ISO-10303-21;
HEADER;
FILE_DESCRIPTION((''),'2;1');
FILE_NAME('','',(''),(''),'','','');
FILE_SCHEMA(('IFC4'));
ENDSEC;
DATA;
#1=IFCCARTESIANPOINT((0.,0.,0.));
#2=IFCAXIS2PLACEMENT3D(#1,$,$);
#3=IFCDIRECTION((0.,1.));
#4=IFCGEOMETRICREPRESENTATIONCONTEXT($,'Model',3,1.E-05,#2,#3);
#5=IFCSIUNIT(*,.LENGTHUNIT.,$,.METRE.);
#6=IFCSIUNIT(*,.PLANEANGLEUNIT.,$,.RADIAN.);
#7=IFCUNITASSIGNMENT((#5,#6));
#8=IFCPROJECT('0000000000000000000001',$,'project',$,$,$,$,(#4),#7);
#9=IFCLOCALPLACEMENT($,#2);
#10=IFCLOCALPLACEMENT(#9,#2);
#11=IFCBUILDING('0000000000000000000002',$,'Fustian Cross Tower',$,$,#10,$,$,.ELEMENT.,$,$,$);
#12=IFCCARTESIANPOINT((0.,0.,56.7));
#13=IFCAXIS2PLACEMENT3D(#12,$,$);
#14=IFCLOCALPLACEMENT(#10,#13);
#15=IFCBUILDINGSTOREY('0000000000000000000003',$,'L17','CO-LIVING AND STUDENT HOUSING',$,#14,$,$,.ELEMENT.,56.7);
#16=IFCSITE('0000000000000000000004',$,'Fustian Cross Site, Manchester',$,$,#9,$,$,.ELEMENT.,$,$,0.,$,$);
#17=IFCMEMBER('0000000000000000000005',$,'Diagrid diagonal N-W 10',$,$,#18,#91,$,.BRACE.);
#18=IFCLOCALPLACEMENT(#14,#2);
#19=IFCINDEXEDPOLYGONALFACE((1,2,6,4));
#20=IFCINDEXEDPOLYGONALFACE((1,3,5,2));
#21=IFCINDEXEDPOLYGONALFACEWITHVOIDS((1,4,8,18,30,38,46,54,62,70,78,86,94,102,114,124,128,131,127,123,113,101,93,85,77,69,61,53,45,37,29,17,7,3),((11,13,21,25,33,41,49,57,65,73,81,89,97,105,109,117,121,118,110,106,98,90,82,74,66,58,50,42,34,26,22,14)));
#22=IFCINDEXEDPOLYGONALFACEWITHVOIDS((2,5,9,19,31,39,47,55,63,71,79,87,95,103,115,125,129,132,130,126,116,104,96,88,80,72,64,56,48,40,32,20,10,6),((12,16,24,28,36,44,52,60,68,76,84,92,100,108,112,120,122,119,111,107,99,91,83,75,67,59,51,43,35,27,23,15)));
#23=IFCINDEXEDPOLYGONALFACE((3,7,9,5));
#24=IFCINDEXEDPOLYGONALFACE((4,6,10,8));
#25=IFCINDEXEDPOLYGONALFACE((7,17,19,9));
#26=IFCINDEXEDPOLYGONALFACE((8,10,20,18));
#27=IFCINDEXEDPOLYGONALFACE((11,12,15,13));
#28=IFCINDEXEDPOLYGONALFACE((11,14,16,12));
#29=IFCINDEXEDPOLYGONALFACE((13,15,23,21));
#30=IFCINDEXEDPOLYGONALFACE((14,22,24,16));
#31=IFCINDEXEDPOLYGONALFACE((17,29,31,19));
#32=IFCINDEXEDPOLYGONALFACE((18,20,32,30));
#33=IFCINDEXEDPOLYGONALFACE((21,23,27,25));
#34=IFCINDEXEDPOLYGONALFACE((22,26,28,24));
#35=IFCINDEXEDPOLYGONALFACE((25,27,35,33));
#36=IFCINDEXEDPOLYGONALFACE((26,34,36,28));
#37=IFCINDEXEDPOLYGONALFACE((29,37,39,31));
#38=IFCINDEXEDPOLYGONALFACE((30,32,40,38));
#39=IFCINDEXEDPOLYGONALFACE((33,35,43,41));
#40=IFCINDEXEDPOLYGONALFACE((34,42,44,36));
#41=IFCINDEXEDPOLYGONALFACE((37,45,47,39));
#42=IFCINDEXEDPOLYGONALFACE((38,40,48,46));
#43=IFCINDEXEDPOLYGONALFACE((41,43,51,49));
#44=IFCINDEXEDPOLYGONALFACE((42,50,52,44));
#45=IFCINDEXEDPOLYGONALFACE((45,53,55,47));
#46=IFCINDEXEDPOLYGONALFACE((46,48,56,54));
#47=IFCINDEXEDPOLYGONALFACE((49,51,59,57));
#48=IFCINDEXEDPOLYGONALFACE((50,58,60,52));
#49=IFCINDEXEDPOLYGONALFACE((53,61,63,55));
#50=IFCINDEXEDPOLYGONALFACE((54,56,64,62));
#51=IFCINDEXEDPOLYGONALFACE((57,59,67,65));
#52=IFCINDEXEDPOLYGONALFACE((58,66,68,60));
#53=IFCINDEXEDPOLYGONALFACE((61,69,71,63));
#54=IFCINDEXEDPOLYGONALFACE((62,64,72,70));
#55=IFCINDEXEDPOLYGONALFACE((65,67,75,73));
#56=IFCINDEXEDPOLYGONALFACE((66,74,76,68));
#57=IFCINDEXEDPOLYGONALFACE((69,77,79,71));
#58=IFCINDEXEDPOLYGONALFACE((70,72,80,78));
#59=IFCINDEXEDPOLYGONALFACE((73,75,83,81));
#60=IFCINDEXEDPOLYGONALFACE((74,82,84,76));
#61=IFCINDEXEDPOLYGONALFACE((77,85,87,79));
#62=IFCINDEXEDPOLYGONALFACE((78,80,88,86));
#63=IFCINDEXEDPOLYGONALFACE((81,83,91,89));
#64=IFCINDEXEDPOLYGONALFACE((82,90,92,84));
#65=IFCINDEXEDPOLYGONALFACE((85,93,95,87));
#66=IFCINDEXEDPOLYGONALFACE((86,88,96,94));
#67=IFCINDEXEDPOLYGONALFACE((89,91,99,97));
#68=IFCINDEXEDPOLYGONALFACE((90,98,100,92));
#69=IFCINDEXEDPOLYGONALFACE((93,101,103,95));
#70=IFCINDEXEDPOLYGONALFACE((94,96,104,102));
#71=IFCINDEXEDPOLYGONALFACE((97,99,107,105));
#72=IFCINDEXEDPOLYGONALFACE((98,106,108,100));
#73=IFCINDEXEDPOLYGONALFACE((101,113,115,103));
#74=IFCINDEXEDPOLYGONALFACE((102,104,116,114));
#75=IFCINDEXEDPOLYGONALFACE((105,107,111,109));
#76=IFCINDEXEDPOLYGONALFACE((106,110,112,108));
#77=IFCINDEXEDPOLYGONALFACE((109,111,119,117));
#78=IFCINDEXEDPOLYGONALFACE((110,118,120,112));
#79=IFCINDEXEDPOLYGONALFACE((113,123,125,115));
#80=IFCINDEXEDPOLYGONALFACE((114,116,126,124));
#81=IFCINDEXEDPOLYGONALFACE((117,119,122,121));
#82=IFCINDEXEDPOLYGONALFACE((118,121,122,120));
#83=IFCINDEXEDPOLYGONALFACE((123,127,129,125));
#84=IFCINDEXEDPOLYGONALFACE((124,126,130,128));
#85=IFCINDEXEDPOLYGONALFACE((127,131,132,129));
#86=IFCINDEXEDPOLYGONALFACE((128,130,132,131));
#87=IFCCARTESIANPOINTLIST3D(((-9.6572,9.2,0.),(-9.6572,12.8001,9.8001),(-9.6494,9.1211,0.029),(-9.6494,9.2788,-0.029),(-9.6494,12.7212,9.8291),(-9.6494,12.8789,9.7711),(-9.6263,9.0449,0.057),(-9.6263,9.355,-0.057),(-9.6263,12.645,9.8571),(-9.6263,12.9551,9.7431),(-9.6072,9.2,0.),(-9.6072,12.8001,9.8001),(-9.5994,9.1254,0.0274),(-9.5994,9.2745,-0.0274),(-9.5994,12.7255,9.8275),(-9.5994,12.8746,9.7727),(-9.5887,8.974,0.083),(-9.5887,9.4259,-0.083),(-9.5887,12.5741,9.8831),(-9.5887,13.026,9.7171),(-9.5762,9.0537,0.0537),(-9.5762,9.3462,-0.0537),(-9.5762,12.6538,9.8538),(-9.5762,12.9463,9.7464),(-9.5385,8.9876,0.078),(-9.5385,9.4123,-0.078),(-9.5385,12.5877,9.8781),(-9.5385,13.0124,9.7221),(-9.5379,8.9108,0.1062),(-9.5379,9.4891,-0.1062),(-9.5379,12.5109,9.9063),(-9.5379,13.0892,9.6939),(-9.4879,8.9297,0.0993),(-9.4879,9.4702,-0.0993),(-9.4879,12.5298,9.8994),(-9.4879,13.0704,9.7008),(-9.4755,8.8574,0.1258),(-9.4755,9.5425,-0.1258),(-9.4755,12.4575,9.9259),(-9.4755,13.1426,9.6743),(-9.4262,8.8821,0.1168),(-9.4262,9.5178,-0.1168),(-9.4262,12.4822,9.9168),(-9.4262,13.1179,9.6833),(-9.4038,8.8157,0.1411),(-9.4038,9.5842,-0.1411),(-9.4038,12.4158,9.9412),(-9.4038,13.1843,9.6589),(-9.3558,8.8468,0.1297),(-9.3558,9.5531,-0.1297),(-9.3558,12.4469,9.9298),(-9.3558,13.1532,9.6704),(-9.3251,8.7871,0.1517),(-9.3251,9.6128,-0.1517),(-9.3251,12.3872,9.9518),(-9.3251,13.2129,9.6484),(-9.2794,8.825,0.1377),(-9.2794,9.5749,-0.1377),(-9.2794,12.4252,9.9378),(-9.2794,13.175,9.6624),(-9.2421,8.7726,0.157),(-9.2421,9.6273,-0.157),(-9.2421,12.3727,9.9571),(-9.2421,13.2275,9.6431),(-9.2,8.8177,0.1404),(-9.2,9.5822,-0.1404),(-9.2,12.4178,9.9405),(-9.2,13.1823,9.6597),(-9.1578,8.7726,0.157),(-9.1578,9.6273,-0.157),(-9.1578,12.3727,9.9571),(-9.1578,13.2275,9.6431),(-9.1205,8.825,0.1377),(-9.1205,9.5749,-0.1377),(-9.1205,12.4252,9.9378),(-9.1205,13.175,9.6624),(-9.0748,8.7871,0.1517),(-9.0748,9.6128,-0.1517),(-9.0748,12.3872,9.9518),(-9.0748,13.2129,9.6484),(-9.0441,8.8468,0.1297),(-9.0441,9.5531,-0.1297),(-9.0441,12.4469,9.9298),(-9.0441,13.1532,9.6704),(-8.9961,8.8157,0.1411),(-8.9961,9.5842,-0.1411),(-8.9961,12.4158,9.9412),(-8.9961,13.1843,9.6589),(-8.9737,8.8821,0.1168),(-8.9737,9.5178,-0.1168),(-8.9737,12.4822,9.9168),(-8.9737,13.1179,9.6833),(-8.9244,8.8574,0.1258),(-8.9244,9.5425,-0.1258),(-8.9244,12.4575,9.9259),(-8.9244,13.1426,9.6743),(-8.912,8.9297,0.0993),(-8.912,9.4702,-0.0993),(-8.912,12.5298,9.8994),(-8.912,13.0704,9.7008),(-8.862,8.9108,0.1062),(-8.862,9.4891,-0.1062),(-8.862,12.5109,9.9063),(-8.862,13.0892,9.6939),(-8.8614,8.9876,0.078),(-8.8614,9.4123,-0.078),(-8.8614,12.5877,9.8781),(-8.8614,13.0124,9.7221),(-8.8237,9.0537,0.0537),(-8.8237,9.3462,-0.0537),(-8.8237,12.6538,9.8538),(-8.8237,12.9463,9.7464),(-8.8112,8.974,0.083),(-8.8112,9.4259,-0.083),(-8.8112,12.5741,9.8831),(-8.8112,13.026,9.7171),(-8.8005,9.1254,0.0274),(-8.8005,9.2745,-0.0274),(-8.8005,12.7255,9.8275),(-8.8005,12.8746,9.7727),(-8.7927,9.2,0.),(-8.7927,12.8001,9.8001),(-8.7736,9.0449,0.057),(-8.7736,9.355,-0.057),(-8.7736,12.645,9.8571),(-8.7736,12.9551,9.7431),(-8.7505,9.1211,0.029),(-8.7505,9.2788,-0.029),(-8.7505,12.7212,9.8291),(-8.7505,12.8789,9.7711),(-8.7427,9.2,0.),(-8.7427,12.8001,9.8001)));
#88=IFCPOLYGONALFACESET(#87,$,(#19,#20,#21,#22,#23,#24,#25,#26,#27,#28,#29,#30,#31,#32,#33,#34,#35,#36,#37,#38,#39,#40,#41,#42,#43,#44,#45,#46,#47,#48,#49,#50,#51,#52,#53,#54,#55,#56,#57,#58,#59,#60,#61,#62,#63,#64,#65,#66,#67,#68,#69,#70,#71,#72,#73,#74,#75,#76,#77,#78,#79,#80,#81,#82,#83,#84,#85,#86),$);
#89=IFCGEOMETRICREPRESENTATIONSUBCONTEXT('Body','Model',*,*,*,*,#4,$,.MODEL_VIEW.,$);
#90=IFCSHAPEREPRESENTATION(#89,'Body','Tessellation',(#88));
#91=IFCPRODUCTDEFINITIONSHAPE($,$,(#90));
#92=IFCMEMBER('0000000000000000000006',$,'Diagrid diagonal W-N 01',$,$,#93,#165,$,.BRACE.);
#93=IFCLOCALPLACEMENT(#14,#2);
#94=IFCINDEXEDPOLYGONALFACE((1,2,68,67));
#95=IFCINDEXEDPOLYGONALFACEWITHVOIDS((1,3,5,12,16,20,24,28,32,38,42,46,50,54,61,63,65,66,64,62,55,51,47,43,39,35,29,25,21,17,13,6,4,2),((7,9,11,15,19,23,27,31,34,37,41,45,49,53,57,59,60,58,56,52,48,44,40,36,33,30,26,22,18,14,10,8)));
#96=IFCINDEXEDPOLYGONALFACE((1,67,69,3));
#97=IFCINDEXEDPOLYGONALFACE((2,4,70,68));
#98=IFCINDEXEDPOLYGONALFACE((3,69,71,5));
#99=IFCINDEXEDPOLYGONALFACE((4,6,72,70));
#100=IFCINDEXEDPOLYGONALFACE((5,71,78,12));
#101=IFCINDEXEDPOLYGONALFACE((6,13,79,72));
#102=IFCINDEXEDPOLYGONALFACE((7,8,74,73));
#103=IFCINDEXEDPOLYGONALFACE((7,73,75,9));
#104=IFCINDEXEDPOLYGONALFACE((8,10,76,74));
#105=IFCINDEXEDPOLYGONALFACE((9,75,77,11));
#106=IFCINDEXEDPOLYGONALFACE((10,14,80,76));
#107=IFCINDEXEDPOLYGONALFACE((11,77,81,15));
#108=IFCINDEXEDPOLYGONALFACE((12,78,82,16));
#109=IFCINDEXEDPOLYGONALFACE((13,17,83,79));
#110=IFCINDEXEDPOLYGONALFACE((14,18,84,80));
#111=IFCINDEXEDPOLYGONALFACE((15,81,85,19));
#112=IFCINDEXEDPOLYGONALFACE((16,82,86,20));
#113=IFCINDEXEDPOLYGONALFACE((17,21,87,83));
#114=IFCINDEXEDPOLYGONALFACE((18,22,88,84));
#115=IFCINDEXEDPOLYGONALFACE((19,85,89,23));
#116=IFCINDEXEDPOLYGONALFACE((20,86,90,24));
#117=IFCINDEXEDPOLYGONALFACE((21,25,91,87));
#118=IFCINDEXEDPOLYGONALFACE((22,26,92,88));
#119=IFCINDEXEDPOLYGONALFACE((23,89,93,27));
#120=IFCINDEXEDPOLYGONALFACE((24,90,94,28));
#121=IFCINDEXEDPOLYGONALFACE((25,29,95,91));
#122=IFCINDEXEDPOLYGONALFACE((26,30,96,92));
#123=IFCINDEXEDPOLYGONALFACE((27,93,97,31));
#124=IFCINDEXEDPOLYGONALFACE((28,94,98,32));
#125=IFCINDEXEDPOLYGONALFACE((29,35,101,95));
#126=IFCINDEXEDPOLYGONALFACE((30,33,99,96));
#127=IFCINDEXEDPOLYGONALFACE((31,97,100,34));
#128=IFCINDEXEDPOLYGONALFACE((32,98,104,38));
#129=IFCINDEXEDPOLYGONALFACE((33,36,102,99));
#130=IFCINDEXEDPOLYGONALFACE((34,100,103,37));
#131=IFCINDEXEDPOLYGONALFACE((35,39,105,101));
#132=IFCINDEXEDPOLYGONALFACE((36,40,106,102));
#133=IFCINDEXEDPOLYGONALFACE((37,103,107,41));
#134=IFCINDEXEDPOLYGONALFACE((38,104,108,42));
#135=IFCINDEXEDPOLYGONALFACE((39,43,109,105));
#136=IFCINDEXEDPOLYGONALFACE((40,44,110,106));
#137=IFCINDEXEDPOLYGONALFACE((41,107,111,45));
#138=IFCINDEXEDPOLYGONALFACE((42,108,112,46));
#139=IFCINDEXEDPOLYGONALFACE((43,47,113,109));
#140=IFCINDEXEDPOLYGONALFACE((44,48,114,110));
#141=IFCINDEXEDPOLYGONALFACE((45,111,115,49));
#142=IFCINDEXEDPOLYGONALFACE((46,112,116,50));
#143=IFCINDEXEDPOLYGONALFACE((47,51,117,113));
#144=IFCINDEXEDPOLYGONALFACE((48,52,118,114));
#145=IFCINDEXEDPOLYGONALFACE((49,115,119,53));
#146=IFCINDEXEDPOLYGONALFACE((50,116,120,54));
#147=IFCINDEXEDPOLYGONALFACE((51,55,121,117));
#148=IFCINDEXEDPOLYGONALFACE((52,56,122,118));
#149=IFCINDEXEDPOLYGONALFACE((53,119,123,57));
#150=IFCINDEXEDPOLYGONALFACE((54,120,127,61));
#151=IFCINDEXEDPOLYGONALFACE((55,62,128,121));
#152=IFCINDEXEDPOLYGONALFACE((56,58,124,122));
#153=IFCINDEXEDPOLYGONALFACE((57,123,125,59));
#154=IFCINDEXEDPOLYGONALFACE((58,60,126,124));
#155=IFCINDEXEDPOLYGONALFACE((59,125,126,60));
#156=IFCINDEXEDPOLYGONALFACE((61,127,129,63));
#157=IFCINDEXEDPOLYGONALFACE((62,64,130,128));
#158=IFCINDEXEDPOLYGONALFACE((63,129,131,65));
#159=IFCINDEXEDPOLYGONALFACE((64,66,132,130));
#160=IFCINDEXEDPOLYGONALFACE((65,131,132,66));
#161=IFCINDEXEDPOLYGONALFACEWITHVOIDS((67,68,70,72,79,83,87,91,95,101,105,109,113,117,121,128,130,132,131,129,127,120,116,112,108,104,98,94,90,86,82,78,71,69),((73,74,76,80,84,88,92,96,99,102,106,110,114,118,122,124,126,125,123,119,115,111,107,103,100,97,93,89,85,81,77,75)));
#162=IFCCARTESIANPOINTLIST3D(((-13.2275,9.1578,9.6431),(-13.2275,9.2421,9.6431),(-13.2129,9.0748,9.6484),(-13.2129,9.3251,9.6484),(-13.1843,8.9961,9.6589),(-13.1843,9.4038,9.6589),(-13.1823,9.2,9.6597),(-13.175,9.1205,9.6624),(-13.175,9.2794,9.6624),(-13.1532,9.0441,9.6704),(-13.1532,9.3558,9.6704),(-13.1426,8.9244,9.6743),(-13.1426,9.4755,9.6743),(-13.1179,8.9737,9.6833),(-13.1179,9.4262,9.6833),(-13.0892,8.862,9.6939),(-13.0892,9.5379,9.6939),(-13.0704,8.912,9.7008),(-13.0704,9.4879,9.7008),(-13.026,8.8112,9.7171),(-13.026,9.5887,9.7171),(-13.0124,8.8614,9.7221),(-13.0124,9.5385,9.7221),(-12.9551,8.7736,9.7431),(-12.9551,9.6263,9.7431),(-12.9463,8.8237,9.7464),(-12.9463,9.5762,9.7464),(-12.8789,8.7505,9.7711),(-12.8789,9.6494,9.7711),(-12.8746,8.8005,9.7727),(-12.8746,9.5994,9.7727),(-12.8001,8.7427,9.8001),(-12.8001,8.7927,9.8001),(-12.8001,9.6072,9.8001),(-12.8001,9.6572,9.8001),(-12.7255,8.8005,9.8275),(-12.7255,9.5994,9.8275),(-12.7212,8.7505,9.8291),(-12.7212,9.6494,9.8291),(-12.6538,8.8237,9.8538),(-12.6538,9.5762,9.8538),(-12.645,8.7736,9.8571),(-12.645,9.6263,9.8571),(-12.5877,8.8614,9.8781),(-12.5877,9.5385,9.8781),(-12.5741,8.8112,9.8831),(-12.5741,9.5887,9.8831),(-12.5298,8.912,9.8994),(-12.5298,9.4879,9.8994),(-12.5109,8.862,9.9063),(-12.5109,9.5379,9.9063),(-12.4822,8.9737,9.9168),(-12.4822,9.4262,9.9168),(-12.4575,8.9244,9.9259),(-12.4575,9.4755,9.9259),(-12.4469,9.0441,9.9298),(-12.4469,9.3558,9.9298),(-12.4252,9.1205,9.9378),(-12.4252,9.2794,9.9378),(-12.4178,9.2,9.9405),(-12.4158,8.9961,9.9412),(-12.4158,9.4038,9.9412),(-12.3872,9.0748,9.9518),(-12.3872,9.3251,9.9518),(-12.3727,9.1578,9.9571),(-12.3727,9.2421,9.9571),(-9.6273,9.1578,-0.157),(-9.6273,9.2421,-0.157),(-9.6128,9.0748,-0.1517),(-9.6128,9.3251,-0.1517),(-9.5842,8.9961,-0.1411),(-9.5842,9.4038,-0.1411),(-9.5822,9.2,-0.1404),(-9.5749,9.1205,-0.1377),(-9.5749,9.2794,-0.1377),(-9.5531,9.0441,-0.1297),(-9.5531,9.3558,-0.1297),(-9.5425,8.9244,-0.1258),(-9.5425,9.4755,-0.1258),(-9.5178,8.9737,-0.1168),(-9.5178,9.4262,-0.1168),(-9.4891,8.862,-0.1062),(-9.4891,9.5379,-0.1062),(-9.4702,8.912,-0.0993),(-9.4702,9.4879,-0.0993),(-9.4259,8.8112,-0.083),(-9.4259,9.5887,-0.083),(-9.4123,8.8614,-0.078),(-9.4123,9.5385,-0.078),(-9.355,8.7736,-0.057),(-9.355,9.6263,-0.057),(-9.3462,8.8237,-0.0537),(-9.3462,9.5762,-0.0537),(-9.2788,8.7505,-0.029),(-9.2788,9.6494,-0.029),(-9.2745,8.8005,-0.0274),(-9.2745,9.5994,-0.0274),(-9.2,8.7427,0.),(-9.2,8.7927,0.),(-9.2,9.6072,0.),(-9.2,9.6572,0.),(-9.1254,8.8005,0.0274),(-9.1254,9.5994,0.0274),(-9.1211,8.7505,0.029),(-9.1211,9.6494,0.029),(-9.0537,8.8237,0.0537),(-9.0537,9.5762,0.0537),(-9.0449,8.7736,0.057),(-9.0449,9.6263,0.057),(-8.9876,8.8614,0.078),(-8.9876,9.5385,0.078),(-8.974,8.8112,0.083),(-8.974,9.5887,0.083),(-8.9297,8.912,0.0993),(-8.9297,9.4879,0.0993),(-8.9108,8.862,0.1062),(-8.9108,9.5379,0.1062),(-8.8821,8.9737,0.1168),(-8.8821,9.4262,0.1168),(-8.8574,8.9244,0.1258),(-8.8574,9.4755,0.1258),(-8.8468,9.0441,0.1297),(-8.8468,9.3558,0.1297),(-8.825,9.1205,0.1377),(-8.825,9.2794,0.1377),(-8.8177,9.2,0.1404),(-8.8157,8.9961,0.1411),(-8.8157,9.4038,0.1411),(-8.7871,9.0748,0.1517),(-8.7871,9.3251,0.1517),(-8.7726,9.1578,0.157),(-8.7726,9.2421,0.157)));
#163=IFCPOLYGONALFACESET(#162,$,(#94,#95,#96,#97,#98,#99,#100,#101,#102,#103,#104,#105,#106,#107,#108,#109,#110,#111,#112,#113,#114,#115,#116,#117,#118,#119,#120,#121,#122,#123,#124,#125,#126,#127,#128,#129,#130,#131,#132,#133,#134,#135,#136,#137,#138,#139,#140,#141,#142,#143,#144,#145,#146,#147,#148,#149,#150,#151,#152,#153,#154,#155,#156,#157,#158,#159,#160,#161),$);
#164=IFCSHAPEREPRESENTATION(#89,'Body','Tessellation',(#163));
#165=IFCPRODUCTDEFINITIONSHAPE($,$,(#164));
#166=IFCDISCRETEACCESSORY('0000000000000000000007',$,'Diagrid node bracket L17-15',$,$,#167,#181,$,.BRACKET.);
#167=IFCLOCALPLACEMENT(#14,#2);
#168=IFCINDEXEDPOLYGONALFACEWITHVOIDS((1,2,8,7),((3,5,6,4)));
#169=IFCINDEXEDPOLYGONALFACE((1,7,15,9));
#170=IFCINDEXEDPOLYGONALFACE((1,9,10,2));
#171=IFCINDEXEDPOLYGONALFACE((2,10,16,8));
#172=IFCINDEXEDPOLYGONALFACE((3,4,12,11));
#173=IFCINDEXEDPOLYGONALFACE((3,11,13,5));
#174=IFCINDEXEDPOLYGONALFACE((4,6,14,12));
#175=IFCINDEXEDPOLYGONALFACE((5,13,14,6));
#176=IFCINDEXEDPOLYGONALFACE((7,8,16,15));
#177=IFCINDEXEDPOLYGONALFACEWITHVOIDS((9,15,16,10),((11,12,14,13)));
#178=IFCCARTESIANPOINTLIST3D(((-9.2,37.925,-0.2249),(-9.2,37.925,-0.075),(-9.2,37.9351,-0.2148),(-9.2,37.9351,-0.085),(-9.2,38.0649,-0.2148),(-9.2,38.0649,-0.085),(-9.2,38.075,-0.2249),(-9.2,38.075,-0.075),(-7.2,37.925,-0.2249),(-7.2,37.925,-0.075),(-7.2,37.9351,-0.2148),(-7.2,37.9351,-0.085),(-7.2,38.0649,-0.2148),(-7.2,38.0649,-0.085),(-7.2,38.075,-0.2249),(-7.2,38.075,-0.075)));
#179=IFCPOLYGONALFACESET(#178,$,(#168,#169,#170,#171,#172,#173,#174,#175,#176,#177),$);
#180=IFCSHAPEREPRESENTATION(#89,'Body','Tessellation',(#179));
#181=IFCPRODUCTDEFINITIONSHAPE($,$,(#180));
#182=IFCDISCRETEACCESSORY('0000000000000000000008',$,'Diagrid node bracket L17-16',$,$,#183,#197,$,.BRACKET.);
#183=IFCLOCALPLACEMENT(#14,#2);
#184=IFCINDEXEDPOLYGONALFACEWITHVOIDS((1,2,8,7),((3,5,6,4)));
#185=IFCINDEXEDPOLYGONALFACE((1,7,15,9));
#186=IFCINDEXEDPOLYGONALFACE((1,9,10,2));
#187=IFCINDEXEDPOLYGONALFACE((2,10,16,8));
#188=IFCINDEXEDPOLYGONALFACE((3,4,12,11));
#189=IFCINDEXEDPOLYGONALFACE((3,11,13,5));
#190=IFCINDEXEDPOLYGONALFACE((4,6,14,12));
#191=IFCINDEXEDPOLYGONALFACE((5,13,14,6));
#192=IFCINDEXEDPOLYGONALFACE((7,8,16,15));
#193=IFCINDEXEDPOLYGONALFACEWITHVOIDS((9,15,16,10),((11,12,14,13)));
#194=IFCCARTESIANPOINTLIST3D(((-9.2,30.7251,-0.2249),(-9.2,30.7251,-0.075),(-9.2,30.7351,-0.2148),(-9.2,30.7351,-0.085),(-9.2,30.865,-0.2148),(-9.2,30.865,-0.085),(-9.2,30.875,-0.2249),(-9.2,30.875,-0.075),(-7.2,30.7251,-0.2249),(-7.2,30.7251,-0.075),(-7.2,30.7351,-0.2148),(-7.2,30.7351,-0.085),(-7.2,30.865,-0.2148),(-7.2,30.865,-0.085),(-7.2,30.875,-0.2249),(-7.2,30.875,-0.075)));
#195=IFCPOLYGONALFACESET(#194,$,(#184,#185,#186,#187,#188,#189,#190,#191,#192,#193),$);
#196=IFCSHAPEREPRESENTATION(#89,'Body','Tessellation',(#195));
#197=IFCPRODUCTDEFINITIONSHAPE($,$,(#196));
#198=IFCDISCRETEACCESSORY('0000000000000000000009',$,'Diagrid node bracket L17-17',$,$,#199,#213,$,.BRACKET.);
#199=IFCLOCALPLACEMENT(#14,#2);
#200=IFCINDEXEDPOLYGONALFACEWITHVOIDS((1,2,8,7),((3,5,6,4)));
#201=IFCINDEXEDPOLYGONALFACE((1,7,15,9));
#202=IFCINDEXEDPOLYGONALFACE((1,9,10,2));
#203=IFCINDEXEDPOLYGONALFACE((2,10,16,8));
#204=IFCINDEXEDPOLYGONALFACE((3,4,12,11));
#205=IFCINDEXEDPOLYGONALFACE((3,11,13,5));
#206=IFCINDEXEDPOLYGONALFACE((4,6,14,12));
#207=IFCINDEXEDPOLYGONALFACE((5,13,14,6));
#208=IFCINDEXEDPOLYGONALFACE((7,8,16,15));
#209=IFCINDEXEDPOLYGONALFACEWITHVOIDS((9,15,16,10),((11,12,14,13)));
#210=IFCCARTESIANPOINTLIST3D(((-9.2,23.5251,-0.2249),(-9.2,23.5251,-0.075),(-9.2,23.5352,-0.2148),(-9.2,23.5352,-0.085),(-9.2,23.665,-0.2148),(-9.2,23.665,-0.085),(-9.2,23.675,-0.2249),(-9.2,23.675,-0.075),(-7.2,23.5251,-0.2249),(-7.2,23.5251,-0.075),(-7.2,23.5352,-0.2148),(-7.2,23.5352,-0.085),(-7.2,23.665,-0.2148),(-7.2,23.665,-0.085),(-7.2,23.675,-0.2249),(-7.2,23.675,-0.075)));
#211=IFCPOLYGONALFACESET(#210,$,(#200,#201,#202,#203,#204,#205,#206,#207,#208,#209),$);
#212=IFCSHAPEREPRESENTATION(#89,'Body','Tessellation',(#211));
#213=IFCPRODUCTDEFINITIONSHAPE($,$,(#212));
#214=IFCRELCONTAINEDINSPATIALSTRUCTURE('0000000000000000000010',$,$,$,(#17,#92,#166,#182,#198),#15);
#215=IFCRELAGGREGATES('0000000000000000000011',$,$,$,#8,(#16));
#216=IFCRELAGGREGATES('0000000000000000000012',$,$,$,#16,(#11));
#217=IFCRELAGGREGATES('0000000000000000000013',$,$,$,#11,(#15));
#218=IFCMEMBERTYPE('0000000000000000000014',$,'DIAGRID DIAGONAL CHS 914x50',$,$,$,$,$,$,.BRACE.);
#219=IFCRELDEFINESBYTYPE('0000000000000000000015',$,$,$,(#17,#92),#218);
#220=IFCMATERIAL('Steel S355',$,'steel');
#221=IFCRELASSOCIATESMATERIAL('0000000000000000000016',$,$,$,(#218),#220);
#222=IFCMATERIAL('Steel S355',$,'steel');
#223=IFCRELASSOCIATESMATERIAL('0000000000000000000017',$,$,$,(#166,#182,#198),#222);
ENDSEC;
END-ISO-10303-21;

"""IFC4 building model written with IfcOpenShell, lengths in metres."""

from ifc_helpers import new_model, si_unit, direction, frame, origin, origin_2d, place, context, subcontext, project, spatial, hollow_rectangle, hollow_circle, extrude, material, material_profile, profile_set, type_object, element, save


model = new_model("IFC4")

# Units and contexts
model_context = context("Model", 3, precision=1e-05, world=origin(), true_north=direction((0.0, 1.0)))
body_context = subcontext(model_context, "Body", "Model", "MODEL_VIEW")
ifc_project = project(units=[si_unit("LENGTHUNIT", "METRE"), si_unit("PLANEANGLEUNIT", "RADIAN")], contexts=[model_context])

# Site, building, storey
site_placement = place(None, origin())
site = spatial("IfcSite", under=ifc_project, at=site_placement, Name="Fustian Cross Site, Manchester", CompositionType="ELEMENT", RefElevation=0.0)
building_placement = place(site_placement, origin())
building = spatial("IfcBuilding", under=site, at=building_placement, Name="Fustian Cross Tower", CompositionType="ELEMENT")
storey_placement = place(building_placement, frame((0.0, 0.0, 56.7)))
storey = spatial("IfcBuildingStorey", under=building, at=storey_placement, Name="L17", Description="CO-LIVING AND STUDENT HOUSING", CompositionType="ELEMENT", Elevation=56.7)

# Members
ifc_material_1 = material(Name="Steel S355", Category="steel")
ifc_material_profile_1 = material_profile(ifc_material_1, hollow_circle(Radius=0.4573, WallThickness=0.05, at=origin_2d()), Name="CHS 914x50")
ifc_profile_set_1 = profile_set([ifc_material_profile_1], Name="Steel S355")
member_type_1 = type_object("IfcMemberType", Name="DIAGRID DIAGONAL CHS 914x50", PredefinedType="BRACE", material=ifc_profile_set_1)
for number, where, z_axis, x_axis, name in (
    (1, (-9.2, 9.2, 0.0), (0.0, 0.344824, 0.938667), (-1.0, 0.0, 0.0), "Diagrid diagonal N-W 10"),
    (2, (-9.2, 9.2, 0.0), (-0.344824, 0.0, 0.938667), (0.0, -1.0, 0.0), "Diagrid diagonal W-N 01"),
):
    element("IfcMember", number, at=place(storey_placement, frame(where, z_axis=z_axis, x_axis=x_axis)), inside=storey, type_object=member_type_1, Name=name, PredefinedType="BRACE", context=body_context, shape_type="SweptSolid", body=[
        extrude(hollow_circle(Radius=0.4573, WallThickness=0.05, at=origin_2d()), origin(), (0.0, 0.0, 1.0), 10.4404),
    ])

# Discrete accessories
ifc_material_2 = material(Name="Steel S355", Category="steel")
for number, where, z_axis, x_axis, name in (
    (3, (-9.2, 38.0, -0.1499), (1.0, 0.0, 0.0), (0.0, 1.0, 0.0), "Diagrid node bracket L17-15"),
    (4, (-9.2, 30.8, -0.1499), (1.0, 0.0, 0.0), (0.0, 1.0, 0.0), "Diagrid node bracket L17-16"),
    (5, (-9.2, 23.6001, -0.1499), (1.0, 0.0, 0.0), (0.0, 1.0, 0.0), "Diagrid node bracket L17-17"),
):
    element("IfcDiscreteAccessory", number, at=place(storey_placement, frame(where, z_axis=z_axis, x_axis=x_axis)), inside=storey, material=ifc_material_2, Name=name, PredefinedType="BRACKET", context=body_context, shape_type="SweptSolid", body=[
        extrude(hollow_rectangle(XDim=0.1499, YDim=0.1499, WallThickness=0.01, at=origin_2d()), origin(), (0.0, 0.0, 1.0), 2.0),
    ])

save(model, "model.ifc")
